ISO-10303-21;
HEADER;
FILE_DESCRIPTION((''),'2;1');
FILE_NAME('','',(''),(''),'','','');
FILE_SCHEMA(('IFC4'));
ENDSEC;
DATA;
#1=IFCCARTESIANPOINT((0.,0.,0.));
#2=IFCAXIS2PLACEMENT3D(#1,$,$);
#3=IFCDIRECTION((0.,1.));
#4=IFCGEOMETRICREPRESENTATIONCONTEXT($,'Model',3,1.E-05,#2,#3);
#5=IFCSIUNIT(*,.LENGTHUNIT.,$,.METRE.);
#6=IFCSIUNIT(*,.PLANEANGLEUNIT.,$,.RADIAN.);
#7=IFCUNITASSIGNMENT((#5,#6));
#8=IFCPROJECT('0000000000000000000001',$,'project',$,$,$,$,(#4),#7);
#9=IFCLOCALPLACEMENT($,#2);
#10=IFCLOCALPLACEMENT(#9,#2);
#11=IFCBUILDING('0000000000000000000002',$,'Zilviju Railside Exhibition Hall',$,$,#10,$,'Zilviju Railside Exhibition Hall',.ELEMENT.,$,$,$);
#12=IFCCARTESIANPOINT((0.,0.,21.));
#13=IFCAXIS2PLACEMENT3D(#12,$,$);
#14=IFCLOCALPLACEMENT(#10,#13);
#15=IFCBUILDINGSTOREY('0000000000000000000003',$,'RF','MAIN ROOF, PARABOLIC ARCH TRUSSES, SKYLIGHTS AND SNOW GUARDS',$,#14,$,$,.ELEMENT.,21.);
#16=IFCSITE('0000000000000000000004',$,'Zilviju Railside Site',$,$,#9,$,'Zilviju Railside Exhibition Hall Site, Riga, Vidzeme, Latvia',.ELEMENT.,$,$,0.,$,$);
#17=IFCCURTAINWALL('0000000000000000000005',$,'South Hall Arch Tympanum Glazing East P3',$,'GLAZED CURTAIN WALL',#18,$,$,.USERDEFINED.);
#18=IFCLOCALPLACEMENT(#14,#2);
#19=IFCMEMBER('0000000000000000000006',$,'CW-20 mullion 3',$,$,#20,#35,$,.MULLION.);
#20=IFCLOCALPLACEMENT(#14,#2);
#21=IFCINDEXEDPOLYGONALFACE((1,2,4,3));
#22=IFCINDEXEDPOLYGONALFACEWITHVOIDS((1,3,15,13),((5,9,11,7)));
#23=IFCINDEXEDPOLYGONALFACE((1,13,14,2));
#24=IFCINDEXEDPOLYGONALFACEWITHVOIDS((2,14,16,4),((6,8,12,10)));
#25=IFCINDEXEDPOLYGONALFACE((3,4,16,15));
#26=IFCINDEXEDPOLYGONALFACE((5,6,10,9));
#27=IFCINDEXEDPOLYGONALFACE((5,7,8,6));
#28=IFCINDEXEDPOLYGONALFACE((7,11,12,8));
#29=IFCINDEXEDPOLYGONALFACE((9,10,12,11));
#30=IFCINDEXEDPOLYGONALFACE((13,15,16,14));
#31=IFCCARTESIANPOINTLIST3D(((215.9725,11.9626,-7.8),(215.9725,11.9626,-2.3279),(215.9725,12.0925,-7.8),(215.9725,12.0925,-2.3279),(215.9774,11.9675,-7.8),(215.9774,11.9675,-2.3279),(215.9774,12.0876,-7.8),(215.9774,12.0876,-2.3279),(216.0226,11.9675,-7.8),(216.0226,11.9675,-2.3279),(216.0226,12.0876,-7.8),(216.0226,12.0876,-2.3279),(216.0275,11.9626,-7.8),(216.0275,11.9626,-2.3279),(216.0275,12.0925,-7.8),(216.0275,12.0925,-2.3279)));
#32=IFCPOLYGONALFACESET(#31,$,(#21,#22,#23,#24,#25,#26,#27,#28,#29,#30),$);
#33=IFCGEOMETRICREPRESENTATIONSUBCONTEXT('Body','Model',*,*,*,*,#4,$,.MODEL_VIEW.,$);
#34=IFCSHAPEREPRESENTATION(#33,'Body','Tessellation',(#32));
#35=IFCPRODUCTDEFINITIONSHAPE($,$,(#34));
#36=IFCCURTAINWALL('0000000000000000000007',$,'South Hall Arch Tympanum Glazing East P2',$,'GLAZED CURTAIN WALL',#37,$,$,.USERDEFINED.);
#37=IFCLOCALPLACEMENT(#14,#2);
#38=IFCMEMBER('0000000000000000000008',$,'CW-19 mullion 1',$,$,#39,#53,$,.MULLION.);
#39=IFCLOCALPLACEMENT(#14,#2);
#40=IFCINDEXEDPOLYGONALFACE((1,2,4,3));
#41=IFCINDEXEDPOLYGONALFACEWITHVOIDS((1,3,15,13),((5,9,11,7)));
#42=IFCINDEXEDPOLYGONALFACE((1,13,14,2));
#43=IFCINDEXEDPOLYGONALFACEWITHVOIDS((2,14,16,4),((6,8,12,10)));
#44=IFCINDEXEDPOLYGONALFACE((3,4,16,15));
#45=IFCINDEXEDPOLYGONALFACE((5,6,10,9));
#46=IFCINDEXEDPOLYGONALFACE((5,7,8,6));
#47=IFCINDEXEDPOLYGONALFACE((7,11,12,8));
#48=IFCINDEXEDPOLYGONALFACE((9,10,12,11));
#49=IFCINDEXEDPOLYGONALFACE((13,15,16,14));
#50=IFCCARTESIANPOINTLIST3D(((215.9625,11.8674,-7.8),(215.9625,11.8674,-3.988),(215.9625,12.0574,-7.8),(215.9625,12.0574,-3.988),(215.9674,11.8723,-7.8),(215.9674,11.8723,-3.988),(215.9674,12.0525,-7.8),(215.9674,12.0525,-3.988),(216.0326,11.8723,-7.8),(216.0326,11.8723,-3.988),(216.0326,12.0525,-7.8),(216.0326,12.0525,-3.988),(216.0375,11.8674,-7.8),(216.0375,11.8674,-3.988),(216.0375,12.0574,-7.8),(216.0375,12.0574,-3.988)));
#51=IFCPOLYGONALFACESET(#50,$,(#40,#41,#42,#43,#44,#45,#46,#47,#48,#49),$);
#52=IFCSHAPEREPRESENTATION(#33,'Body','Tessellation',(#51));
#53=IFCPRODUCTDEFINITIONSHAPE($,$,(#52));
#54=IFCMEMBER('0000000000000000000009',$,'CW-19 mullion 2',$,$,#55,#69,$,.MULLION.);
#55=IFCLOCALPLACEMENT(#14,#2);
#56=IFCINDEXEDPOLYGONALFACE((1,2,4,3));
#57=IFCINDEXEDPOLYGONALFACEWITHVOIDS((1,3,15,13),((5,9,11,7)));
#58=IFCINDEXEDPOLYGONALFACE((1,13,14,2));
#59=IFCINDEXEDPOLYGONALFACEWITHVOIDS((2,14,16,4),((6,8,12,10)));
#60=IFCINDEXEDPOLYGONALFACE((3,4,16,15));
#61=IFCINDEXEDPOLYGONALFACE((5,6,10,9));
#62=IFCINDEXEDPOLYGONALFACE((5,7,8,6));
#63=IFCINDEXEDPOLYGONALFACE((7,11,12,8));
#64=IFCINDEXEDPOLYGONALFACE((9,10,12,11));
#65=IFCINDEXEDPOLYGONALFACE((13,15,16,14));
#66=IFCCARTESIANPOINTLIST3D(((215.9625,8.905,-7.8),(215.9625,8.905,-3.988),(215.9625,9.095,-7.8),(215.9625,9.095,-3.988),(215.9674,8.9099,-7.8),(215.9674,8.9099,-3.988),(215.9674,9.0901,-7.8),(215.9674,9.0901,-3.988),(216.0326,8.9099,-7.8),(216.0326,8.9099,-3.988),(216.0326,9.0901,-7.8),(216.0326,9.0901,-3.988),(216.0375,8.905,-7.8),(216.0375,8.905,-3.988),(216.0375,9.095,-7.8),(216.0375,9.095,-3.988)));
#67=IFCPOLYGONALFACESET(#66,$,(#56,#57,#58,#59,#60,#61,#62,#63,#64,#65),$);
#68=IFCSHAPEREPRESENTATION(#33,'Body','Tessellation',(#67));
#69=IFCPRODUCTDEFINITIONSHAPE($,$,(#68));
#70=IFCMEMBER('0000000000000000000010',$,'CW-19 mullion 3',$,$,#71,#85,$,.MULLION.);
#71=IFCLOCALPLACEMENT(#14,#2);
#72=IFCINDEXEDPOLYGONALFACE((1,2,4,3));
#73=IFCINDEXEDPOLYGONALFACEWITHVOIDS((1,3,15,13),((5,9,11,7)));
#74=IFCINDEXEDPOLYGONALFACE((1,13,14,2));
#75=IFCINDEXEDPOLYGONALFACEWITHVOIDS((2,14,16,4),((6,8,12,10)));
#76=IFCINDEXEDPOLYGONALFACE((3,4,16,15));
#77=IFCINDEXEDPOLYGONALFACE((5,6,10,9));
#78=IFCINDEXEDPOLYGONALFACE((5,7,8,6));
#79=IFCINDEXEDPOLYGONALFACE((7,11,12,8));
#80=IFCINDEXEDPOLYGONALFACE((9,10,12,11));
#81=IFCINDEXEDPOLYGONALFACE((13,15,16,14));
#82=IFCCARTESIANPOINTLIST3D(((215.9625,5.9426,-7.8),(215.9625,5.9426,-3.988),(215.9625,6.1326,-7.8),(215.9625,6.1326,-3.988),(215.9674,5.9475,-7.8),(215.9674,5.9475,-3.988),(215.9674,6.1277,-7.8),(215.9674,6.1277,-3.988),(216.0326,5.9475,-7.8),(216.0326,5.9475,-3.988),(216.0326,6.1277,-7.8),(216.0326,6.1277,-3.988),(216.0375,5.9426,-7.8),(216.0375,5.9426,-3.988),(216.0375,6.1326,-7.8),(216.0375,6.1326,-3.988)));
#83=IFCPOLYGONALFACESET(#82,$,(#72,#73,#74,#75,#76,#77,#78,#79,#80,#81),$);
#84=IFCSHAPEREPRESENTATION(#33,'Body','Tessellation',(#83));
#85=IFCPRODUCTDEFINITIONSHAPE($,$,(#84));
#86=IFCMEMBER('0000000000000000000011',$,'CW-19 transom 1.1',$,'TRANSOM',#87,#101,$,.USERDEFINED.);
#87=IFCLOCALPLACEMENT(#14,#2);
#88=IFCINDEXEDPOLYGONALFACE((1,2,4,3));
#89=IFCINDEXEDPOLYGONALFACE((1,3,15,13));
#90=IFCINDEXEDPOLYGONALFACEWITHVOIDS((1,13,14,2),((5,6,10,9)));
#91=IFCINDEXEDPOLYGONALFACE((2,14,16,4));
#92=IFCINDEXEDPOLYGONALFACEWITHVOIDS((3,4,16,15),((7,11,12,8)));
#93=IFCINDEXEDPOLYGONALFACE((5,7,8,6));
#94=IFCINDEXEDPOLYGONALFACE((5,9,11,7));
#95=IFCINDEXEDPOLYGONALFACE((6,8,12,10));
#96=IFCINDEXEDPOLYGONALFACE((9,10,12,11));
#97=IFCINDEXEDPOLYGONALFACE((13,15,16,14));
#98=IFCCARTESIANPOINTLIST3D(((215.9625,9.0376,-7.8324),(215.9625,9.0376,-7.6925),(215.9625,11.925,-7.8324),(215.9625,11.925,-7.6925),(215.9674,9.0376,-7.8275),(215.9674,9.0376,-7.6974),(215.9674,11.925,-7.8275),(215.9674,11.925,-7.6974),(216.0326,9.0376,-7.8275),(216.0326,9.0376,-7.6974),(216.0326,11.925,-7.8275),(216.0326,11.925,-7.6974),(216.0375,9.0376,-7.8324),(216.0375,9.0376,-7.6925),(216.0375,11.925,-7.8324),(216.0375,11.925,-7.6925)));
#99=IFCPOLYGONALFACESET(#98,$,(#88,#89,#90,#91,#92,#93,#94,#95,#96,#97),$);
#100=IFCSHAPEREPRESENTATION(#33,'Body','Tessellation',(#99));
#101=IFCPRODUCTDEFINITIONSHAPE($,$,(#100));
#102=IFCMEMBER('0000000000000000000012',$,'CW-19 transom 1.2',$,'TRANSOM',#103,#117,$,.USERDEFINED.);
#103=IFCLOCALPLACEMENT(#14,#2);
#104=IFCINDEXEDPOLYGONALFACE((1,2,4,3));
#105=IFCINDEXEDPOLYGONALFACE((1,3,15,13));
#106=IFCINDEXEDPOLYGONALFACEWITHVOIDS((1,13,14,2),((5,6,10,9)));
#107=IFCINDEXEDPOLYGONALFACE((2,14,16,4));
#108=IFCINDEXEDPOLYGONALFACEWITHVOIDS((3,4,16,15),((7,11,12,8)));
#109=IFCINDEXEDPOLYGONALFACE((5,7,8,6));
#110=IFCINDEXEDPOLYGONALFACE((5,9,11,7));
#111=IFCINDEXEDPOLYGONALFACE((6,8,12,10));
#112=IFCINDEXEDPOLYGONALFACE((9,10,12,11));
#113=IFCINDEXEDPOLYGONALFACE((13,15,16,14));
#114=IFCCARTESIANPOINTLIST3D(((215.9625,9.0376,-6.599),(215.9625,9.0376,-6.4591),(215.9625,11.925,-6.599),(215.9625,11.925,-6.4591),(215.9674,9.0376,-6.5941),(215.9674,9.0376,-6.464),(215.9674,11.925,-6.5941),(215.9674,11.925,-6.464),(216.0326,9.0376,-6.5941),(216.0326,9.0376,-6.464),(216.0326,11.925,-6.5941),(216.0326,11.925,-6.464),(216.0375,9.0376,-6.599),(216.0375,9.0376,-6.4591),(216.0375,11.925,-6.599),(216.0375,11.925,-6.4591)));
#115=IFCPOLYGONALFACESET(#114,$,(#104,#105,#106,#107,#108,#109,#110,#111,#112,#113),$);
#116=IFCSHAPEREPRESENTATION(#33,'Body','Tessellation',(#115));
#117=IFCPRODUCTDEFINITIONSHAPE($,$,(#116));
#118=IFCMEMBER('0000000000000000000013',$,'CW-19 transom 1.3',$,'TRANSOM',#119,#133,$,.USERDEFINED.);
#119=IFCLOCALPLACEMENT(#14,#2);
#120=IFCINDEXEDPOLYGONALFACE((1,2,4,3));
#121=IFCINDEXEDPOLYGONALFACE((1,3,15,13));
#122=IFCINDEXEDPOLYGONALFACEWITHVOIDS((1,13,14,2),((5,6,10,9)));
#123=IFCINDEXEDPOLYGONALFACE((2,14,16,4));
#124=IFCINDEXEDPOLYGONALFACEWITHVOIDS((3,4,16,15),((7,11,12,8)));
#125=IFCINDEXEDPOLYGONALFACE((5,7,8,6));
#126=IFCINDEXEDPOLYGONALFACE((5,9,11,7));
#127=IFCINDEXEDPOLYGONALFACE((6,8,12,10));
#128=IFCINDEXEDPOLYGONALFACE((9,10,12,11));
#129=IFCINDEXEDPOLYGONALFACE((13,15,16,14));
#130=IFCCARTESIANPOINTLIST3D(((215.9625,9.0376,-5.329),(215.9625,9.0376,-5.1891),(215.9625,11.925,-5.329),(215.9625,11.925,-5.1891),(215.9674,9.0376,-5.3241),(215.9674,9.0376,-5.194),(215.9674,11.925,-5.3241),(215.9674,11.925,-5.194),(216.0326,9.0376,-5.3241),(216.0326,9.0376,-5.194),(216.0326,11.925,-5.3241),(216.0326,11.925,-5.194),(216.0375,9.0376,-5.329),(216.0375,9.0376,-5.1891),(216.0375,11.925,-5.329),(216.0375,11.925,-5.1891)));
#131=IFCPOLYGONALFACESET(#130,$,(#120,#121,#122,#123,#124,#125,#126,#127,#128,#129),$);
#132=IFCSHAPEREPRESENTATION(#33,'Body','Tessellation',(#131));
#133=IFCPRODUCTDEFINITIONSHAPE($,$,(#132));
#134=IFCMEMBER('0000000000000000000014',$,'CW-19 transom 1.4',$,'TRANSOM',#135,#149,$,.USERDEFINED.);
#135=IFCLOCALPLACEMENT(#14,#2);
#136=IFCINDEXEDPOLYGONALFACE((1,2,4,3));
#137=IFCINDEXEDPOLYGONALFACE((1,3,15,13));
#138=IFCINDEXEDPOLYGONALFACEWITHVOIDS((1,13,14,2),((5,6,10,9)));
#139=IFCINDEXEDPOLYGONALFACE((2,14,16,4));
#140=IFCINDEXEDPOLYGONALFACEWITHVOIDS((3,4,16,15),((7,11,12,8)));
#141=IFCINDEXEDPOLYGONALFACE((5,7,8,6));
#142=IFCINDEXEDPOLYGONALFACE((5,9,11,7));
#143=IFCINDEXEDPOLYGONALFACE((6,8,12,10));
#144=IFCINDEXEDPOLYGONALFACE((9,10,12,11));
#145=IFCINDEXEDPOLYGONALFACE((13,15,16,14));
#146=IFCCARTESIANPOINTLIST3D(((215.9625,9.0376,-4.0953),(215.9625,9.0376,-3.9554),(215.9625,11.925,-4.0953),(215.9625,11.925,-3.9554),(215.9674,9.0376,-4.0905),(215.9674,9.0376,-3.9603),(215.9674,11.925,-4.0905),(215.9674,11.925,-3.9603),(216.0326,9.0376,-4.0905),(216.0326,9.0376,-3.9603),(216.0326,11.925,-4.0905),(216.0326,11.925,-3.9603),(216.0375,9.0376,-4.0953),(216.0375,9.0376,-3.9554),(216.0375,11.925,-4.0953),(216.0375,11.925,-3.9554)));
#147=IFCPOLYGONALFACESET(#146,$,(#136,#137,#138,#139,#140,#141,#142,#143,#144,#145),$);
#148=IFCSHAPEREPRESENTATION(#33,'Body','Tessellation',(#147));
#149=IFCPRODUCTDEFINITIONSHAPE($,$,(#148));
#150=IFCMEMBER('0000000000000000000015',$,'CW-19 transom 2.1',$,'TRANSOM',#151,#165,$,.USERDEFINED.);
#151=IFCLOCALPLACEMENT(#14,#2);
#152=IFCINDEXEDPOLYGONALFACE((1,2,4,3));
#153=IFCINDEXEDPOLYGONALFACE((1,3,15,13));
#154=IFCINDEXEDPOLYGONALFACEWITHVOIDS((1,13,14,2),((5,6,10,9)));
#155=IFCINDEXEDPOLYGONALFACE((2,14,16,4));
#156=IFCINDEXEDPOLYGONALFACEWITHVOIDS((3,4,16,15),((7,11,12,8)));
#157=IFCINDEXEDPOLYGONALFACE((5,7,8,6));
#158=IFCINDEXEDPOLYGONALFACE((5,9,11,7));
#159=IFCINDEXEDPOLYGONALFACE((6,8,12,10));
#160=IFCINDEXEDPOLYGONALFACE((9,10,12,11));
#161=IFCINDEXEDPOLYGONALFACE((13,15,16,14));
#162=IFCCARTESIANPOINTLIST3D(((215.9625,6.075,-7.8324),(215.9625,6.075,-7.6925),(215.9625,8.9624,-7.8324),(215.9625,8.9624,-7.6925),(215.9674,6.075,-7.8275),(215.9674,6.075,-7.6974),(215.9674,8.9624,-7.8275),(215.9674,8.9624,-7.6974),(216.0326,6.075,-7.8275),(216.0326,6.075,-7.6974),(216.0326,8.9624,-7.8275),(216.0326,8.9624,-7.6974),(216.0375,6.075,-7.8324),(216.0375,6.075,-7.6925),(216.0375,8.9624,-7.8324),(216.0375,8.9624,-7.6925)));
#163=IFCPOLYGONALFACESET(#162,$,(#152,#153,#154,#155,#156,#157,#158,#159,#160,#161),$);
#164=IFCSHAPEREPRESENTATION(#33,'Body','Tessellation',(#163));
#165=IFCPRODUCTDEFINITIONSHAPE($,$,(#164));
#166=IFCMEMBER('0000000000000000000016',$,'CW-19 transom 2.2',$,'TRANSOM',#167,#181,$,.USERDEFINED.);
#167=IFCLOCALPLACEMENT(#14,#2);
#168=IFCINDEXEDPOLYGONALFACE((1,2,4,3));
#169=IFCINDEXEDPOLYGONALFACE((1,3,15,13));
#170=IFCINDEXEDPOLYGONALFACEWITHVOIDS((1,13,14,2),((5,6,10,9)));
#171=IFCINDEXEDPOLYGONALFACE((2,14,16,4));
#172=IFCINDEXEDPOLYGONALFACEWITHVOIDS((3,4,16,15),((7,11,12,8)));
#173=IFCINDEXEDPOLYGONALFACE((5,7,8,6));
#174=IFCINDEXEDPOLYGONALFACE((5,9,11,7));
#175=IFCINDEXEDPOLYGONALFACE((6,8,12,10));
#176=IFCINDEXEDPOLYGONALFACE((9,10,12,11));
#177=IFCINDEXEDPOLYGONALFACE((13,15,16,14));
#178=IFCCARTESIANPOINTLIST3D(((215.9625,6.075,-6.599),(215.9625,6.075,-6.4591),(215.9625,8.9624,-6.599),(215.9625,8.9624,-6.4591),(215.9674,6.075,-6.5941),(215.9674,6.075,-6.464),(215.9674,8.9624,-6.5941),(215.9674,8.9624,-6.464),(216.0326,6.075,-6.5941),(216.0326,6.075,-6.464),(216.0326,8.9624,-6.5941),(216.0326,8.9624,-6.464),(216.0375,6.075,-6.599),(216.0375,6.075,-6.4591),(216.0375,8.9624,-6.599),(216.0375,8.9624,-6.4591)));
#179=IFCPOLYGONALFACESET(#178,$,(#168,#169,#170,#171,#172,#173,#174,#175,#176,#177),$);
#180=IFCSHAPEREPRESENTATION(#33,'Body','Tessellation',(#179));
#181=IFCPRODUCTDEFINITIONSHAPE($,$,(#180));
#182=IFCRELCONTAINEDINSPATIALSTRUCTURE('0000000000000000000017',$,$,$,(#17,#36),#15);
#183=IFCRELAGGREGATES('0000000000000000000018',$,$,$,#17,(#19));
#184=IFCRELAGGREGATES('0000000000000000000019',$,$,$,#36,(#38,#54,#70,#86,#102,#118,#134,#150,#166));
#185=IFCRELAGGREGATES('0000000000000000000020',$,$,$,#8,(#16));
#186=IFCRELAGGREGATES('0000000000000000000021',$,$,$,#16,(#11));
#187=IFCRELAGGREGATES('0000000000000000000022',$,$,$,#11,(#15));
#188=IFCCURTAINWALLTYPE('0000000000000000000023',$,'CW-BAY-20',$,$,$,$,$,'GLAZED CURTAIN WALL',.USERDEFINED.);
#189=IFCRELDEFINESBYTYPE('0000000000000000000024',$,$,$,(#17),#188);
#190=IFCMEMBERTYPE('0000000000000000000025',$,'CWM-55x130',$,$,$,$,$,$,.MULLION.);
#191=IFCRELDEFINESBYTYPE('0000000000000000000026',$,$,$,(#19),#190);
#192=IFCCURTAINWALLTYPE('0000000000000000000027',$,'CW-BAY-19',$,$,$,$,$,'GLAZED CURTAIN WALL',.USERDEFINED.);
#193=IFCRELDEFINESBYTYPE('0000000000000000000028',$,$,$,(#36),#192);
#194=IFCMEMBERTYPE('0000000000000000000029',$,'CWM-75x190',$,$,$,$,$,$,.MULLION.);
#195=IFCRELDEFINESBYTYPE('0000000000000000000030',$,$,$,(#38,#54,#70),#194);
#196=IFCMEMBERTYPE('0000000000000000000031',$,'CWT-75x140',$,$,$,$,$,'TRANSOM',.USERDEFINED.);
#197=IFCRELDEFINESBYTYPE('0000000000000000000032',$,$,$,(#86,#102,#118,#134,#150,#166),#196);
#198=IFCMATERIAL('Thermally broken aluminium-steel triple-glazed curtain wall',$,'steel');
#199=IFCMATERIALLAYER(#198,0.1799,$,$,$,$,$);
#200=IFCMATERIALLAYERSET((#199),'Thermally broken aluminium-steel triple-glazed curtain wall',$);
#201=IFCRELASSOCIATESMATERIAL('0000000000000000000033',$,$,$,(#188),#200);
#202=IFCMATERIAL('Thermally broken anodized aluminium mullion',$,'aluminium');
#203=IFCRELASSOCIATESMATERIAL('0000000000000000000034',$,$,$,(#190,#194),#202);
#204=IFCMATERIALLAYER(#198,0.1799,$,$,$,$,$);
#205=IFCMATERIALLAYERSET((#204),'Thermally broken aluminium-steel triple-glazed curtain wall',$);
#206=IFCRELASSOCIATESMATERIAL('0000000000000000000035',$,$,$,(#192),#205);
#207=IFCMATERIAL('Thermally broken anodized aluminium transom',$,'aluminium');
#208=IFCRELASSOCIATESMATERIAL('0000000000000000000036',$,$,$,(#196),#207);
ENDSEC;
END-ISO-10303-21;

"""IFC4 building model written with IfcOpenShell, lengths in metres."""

from ifc_helpers import new_model, si_unit, direction, frame, origin, origin_2d, place, context, subcontext, project, spatial, hollow_rectangle, extrude, material, layer, layer_set, material_profile, profile_set, type_object, element, aggregate, save


model = new_model("IFC4")

# Units and contexts
model_context = context("Model", 3, precision=1e-05, world=origin(), true_north=direction((0.0, 1.0)))
body_context = subcontext(model_context, "Body", "Model", "MODEL_VIEW")
ifc_project = project(units=[si_unit("LENGTHUNIT", "METRE"), si_unit("PLANEANGLEUNIT", "RADIAN")], contexts=[model_context])

# Site, building, storey
site_placement = place(None, origin())
site = spatial("IfcSite", under=ifc_project, at=site_placement, Name="Zilviju Railside Site", LongName="Zilviju Railside Exhibition Hall Site, Riga, Vidzeme, Latvia", CompositionType="ELEMENT", RefElevation=0.0)
building_placement = place(site_placement, origin())
building = spatial("IfcBuilding", under=site, at=building_placement, Name="Zilviju Railside Exhibition Hall", LongName="Zilviju Railside Exhibition Hall", CompositionType="ELEMENT")
storey_placement = place(building_placement, frame((0.0, 0.0, 21.0)))
storey = spatial("IfcBuildingStorey", under=building, at=storey_placement, Name="RF", Description="MAIN ROOF, PARABOLIC ARCH TRUSSES, SKYLIGHTS AND SNOW GUARDS", CompositionType="ELEMENT", Elevation=21.0)

# Curtain wall, member
ifc_material_1 = material(Name="Thermally broken aluminium-steel triple-glazed curtain wall", Category="steel")
ifc_layer_1 = layer(ifc_material_1, 0.1799)
ifc_layer_set_1 = layer_set([ifc_layer_1], Name="Thermally broken aluminium-steel triple-glazed curtain wall")
curtain_wall_type_1 = type_object("IfcCurtainWallType", Name="CW-BAY-20", ElementType="GLAZED CURTAIN WALL", PredefinedType="USERDEFINED", material=ifc_layer_set_1)
curtain_wall_1_placement = place(storey_placement, origin())
curtain_wall_1 = element("IfcCurtainWall", 1, at=curtain_wall_1_placement, inside=storey, type_object=curtain_wall_type_1, Name="South Hall Arch Tympanum Glazing East P3", ObjectType="GLAZED CURTAIN WALL", PredefinedType="USERDEFINED")
ifc_material_2 = material(Name="Thermally broken anodized aluminium mullion", Category="aluminium")
ifc_material_profile_1 = material_profile(ifc_material_2, hollow_rectangle(XDim=0.0549, YDim=0.1299, WallThickness=0.0049, at=origin_2d()), Name="MULLION 130x55x5")
ifc_profile_set_1 = profile_set([ifc_material_profile_1], Name="Thermally broken anodized aluminium mullion")
member_type_1 = type_object("IfcMemberType", Name="CWM-55x130", PredefinedType="MULLION", material=ifc_profile_set_1)
member_1_placement = place(storey_placement, frame((216.0, 12.0276, -7.8), z_axis=(0.0, 0.0, 1.0), x_axis=(1.0, 0.0, 0.0)))
member_1 = element("IfcMember", 2, at=member_1_placement, type_object=member_type_1, Name="CW-20 mullion 3", PredefinedType="MULLION", context=body_context, shape_type="SweptSolid", body=[
    extrude(hollow_rectangle(XDim=0.0549, YDim=0.1299, WallThickness=0.0049, at=origin_2d()), origin(), (0.0, 0.0, 1.0), 5.4722),
])
aggregate(curtain_wall_1, [member_1])

# Curtain wall, members
ifc_layer_2 = layer(ifc_material_1, 0.1799)
ifc_layer_set_2 = layer_set([ifc_layer_2], Name="Thermally broken aluminium-steel triple-glazed curtain wall")
curtain_wall_type_2 = type_object("IfcCurtainWallType", Name="CW-BAY-19", ElementType="GLAZED CURTAIN WALL", PredefinedType="USERDEFINED", material=ifc_layer_set_2)
curtain_wall_2_placement = place(storey_placement, origin())
curtain_wall_2 = element("IfcCurtainWall", 3, at=curtain_wall_2_placement, inside=storey, type_object=curtain_wall_type_2, Name="South Hall Arch Tympanum Glazing East P2", ObjectType="GLAZED CURTAIN WALL", PredefinedType="USERDEFINED")
ifc_material_profile_2 = material_profile(ifc_material_2, hollow_rectangle(XDim=0.075, YDim=0.1899, WallThickness=0.0049, at=origin_2d()), Name="MULLION 190x75x5")
ifc_profile_set_2 = profile_set([ifc_material_profile_2], Name="Thermally broken anodized aluminium mullion")
member_type_2 = type_object("IfcMemberType", Name="CWM-75x190", PredefinedType="MULLION", material=ifc_profile_set_2)
member_2_placement = place(storey_placement, frame((216.0, 11.9624, -7.8), z_axis=(0.0, 0.0, 1.0), x_axis=(1.0, 0.0, 0.0)))
member_2 = element("IfcMember", 4, at=member_2_placement, type_object=member_type_2, Name="CW-19 mullion 1", PredefinedType="MULLION", context=body_context, shape_type="SweptSolid", body=[
    extrude(hollow_rectangle(XDim=0.075, YDim=0.1899, WallThickness=0.0049, at=origin_2d()), origin(), (0.0, 0.0, 1.0), 3.812),
])
member_3_placement = place(storey_placement, frame((216.0, 9.0, -7.8), z_axis=(0.0, 0.0, 1.0), x_axis=(1.0, 0.0, 0.0)))
member_3 = element("IfcMember", 5, at=member_3_placement, type_object=member_type_2, Name="CW-19 mullion 2", PredefinedType="MULLION", context=body_context, shape_type="SweptSolid", body=[
    extrude(hollow_rectangle(XDim=0.075, YDim=0.1899, WallThickness=0.0049, at=origin_2d()), origin(), (0.0, 0.0, 1.0), 3.812),
])
member_4_placement = place(storey_placement, frame((216.0, 6.0376, -7.8), z_axis=(0.0, 0.0, 1.0), x_axis=(1.0, 0.0, 0.0)))
member_4 = element("IfcMember", 6, at=member_4_placement, type_object=member_type_2, Name="CW-19 mullion 3", PredefinedType="MULLION", context=body_context, shape_type="SweptSolid", body=[
    extrude(hollow_rectangle(XDim=0.075, YDim=0.1899, WallThickness=0.0049, at=origin_2d()), origin(), (0.0, 0.0, 1.0), 3.812),
])
ifc_material_3 = material(Name="Thermally broken anodized aluminium transom", Category="aluminium")
ifc_material_profile_3 = material_profile(ifc_material_3, hollow_rectangle(XDim=0.075, YDim=0.1399, WallThickness=0.0049, at=origin_2d()), Name="TRANSOM 140x75x5")
ifc_profile_set_3 = profile_set([ifc_material_profile_3], Name="Thermally broken anodized aluminium transom")
member_type_3 = type_object("IfcMemberType", Name="CWT-75x140", ElementType="TRANSOM", PredefinedType="USERDEFINED", material=ifc_profile_set_3)
member_5_placement = place(storey_placement, frame((216.0, 11.925, -7.7625), z_axis=(0.0, -1.0, 0.0), x_axis=(1.0, 0.0, 0.0)))
member_5 = element("IfcMember", 7, at=member_5_placement, type_object=member_type_3, Name="CW-19 transom 1.1", ObjectType="TRANSOM", PredefinedType="USERDEFINED", context=body_context, shape_type="SweptSolid", body=[
    extrude(hollow_rectangle(XDim=0.075, YDim=0.1399, WallThickness=0.0049, at=origin_2d()), origin(), (0.0, 0.0, 1.0), 2.8875),
])
member_6_placement = place(storey_placement, frame((216.0, 11.925, -6.5291), z_axis=(0.0, -1.0, 0.0), x_axis=(1.0, 0.0, 0.0)))
member_6 = element("IfcMember", 8, at=member_6_placement, type_object=member_type_3, Name="CW-19 transom 1.2", ObjectType="TRANSOM", PredefinedType="USERDEFINED", context=body_context, shape_type="SweptSolid", body=[
    extrude(hollow_rectangle(XDim=0.075, YDim=0.1399, WallThickness=0.0049, at=origin_2d()), origin(), (0.0, 0.0, 1.0), 2.8875),
])
member_7_placement = place(storey_placement, frame((216.0, 11.925, -5.259), z_axis=(0.0, -1.0, 0.0), x_axis=(1.0, 0.0, 0.0)))
member_7 = element("IfcMember", 9, at=member_7_placement, type_object=member_type_3, Name="CW-19 transom 1.3", ObjectType="TRANSOM", PredefinedType="USERDEFINED", context=body_context, shape_type="SweptSolid", body=[
    extrude(hollow_rectangle(XDim=0.075, YDim=0.1399, WallThickness=0.0049, at=origin_2d()), origin(), (0.0, 0.0, 1.0), 2.8875),
])
member_8_placement = place(storey_placement, frame((216.0, 11.925, -4.0254), z_axis=(0.0, -1.0, 0.0), x_axis=(1.0, 0.0, 0.0)))
member_8 = element("IfcMember", 10, at=member_8_placement, type_object=member_type_3, Name="CW-19 transom 1.4", ObjectType="TRANSOM", PredefinedType="USERDEFINED", context=body_context, shape_type="SweptSolid", body=[
    extrude(hollow_rectangle(XDim=0.075, YDim=0.1399, WallThickness=0.0049, at=origin_2d()), origin(), (0.0, 0.0, 1.0), 2.8875),
])
member_9_placement = place(storey_placement, frame((216.0, 8.9624, -7.7625), z_axis=(0.0, -1.0, 0.0), x_axis=(1.0, 0.0, 0.0)))
member_9 = element("IfcMember", 11, at=member_9_placement, type_object=member_type_3, Name="CW-19 transom 2.1", ObjectType="TRANSOM", PredefinedType="USERDEFINED", context=body_context, shape_type="SweptSolid", body=[
    extrude(hollow_rectangle(XDim=0.075, YDim=0.1399, WallThickness=0.0049, at=origin_2d()), origin(), (0.0, 0.0, 1.0), 2.8875),
])
member_10_placement = place(storey_placement, frame((216.0, 8.9624, -6.5291), z_axis=(0.0, -1.0, 0.0), x_axis=(1.0, 0.0, 0.0)))
member_10 = element("IfcMember", 12, at=member_10_placement, type_object=member_type_3, Name="CW-19 transom 2.2", ObjectType="TRANSOM", PredefinedType="USERDEFINED", context=body_context, shape_type="SweptSolid", body=[
    extrude(hollow_rectangle(XDim=0.075, YDim=0.1399, WallThickness=0.0049, at=origin_2d()), origin(), (0.0, 0.0, 1.0), 2.8875),
])

aggregate(curtain_wall_2, [member_2, member_3, member_4, member_5, member_6, member_7, member_8, member_9, member_10])

save(model, "model.ifc")
